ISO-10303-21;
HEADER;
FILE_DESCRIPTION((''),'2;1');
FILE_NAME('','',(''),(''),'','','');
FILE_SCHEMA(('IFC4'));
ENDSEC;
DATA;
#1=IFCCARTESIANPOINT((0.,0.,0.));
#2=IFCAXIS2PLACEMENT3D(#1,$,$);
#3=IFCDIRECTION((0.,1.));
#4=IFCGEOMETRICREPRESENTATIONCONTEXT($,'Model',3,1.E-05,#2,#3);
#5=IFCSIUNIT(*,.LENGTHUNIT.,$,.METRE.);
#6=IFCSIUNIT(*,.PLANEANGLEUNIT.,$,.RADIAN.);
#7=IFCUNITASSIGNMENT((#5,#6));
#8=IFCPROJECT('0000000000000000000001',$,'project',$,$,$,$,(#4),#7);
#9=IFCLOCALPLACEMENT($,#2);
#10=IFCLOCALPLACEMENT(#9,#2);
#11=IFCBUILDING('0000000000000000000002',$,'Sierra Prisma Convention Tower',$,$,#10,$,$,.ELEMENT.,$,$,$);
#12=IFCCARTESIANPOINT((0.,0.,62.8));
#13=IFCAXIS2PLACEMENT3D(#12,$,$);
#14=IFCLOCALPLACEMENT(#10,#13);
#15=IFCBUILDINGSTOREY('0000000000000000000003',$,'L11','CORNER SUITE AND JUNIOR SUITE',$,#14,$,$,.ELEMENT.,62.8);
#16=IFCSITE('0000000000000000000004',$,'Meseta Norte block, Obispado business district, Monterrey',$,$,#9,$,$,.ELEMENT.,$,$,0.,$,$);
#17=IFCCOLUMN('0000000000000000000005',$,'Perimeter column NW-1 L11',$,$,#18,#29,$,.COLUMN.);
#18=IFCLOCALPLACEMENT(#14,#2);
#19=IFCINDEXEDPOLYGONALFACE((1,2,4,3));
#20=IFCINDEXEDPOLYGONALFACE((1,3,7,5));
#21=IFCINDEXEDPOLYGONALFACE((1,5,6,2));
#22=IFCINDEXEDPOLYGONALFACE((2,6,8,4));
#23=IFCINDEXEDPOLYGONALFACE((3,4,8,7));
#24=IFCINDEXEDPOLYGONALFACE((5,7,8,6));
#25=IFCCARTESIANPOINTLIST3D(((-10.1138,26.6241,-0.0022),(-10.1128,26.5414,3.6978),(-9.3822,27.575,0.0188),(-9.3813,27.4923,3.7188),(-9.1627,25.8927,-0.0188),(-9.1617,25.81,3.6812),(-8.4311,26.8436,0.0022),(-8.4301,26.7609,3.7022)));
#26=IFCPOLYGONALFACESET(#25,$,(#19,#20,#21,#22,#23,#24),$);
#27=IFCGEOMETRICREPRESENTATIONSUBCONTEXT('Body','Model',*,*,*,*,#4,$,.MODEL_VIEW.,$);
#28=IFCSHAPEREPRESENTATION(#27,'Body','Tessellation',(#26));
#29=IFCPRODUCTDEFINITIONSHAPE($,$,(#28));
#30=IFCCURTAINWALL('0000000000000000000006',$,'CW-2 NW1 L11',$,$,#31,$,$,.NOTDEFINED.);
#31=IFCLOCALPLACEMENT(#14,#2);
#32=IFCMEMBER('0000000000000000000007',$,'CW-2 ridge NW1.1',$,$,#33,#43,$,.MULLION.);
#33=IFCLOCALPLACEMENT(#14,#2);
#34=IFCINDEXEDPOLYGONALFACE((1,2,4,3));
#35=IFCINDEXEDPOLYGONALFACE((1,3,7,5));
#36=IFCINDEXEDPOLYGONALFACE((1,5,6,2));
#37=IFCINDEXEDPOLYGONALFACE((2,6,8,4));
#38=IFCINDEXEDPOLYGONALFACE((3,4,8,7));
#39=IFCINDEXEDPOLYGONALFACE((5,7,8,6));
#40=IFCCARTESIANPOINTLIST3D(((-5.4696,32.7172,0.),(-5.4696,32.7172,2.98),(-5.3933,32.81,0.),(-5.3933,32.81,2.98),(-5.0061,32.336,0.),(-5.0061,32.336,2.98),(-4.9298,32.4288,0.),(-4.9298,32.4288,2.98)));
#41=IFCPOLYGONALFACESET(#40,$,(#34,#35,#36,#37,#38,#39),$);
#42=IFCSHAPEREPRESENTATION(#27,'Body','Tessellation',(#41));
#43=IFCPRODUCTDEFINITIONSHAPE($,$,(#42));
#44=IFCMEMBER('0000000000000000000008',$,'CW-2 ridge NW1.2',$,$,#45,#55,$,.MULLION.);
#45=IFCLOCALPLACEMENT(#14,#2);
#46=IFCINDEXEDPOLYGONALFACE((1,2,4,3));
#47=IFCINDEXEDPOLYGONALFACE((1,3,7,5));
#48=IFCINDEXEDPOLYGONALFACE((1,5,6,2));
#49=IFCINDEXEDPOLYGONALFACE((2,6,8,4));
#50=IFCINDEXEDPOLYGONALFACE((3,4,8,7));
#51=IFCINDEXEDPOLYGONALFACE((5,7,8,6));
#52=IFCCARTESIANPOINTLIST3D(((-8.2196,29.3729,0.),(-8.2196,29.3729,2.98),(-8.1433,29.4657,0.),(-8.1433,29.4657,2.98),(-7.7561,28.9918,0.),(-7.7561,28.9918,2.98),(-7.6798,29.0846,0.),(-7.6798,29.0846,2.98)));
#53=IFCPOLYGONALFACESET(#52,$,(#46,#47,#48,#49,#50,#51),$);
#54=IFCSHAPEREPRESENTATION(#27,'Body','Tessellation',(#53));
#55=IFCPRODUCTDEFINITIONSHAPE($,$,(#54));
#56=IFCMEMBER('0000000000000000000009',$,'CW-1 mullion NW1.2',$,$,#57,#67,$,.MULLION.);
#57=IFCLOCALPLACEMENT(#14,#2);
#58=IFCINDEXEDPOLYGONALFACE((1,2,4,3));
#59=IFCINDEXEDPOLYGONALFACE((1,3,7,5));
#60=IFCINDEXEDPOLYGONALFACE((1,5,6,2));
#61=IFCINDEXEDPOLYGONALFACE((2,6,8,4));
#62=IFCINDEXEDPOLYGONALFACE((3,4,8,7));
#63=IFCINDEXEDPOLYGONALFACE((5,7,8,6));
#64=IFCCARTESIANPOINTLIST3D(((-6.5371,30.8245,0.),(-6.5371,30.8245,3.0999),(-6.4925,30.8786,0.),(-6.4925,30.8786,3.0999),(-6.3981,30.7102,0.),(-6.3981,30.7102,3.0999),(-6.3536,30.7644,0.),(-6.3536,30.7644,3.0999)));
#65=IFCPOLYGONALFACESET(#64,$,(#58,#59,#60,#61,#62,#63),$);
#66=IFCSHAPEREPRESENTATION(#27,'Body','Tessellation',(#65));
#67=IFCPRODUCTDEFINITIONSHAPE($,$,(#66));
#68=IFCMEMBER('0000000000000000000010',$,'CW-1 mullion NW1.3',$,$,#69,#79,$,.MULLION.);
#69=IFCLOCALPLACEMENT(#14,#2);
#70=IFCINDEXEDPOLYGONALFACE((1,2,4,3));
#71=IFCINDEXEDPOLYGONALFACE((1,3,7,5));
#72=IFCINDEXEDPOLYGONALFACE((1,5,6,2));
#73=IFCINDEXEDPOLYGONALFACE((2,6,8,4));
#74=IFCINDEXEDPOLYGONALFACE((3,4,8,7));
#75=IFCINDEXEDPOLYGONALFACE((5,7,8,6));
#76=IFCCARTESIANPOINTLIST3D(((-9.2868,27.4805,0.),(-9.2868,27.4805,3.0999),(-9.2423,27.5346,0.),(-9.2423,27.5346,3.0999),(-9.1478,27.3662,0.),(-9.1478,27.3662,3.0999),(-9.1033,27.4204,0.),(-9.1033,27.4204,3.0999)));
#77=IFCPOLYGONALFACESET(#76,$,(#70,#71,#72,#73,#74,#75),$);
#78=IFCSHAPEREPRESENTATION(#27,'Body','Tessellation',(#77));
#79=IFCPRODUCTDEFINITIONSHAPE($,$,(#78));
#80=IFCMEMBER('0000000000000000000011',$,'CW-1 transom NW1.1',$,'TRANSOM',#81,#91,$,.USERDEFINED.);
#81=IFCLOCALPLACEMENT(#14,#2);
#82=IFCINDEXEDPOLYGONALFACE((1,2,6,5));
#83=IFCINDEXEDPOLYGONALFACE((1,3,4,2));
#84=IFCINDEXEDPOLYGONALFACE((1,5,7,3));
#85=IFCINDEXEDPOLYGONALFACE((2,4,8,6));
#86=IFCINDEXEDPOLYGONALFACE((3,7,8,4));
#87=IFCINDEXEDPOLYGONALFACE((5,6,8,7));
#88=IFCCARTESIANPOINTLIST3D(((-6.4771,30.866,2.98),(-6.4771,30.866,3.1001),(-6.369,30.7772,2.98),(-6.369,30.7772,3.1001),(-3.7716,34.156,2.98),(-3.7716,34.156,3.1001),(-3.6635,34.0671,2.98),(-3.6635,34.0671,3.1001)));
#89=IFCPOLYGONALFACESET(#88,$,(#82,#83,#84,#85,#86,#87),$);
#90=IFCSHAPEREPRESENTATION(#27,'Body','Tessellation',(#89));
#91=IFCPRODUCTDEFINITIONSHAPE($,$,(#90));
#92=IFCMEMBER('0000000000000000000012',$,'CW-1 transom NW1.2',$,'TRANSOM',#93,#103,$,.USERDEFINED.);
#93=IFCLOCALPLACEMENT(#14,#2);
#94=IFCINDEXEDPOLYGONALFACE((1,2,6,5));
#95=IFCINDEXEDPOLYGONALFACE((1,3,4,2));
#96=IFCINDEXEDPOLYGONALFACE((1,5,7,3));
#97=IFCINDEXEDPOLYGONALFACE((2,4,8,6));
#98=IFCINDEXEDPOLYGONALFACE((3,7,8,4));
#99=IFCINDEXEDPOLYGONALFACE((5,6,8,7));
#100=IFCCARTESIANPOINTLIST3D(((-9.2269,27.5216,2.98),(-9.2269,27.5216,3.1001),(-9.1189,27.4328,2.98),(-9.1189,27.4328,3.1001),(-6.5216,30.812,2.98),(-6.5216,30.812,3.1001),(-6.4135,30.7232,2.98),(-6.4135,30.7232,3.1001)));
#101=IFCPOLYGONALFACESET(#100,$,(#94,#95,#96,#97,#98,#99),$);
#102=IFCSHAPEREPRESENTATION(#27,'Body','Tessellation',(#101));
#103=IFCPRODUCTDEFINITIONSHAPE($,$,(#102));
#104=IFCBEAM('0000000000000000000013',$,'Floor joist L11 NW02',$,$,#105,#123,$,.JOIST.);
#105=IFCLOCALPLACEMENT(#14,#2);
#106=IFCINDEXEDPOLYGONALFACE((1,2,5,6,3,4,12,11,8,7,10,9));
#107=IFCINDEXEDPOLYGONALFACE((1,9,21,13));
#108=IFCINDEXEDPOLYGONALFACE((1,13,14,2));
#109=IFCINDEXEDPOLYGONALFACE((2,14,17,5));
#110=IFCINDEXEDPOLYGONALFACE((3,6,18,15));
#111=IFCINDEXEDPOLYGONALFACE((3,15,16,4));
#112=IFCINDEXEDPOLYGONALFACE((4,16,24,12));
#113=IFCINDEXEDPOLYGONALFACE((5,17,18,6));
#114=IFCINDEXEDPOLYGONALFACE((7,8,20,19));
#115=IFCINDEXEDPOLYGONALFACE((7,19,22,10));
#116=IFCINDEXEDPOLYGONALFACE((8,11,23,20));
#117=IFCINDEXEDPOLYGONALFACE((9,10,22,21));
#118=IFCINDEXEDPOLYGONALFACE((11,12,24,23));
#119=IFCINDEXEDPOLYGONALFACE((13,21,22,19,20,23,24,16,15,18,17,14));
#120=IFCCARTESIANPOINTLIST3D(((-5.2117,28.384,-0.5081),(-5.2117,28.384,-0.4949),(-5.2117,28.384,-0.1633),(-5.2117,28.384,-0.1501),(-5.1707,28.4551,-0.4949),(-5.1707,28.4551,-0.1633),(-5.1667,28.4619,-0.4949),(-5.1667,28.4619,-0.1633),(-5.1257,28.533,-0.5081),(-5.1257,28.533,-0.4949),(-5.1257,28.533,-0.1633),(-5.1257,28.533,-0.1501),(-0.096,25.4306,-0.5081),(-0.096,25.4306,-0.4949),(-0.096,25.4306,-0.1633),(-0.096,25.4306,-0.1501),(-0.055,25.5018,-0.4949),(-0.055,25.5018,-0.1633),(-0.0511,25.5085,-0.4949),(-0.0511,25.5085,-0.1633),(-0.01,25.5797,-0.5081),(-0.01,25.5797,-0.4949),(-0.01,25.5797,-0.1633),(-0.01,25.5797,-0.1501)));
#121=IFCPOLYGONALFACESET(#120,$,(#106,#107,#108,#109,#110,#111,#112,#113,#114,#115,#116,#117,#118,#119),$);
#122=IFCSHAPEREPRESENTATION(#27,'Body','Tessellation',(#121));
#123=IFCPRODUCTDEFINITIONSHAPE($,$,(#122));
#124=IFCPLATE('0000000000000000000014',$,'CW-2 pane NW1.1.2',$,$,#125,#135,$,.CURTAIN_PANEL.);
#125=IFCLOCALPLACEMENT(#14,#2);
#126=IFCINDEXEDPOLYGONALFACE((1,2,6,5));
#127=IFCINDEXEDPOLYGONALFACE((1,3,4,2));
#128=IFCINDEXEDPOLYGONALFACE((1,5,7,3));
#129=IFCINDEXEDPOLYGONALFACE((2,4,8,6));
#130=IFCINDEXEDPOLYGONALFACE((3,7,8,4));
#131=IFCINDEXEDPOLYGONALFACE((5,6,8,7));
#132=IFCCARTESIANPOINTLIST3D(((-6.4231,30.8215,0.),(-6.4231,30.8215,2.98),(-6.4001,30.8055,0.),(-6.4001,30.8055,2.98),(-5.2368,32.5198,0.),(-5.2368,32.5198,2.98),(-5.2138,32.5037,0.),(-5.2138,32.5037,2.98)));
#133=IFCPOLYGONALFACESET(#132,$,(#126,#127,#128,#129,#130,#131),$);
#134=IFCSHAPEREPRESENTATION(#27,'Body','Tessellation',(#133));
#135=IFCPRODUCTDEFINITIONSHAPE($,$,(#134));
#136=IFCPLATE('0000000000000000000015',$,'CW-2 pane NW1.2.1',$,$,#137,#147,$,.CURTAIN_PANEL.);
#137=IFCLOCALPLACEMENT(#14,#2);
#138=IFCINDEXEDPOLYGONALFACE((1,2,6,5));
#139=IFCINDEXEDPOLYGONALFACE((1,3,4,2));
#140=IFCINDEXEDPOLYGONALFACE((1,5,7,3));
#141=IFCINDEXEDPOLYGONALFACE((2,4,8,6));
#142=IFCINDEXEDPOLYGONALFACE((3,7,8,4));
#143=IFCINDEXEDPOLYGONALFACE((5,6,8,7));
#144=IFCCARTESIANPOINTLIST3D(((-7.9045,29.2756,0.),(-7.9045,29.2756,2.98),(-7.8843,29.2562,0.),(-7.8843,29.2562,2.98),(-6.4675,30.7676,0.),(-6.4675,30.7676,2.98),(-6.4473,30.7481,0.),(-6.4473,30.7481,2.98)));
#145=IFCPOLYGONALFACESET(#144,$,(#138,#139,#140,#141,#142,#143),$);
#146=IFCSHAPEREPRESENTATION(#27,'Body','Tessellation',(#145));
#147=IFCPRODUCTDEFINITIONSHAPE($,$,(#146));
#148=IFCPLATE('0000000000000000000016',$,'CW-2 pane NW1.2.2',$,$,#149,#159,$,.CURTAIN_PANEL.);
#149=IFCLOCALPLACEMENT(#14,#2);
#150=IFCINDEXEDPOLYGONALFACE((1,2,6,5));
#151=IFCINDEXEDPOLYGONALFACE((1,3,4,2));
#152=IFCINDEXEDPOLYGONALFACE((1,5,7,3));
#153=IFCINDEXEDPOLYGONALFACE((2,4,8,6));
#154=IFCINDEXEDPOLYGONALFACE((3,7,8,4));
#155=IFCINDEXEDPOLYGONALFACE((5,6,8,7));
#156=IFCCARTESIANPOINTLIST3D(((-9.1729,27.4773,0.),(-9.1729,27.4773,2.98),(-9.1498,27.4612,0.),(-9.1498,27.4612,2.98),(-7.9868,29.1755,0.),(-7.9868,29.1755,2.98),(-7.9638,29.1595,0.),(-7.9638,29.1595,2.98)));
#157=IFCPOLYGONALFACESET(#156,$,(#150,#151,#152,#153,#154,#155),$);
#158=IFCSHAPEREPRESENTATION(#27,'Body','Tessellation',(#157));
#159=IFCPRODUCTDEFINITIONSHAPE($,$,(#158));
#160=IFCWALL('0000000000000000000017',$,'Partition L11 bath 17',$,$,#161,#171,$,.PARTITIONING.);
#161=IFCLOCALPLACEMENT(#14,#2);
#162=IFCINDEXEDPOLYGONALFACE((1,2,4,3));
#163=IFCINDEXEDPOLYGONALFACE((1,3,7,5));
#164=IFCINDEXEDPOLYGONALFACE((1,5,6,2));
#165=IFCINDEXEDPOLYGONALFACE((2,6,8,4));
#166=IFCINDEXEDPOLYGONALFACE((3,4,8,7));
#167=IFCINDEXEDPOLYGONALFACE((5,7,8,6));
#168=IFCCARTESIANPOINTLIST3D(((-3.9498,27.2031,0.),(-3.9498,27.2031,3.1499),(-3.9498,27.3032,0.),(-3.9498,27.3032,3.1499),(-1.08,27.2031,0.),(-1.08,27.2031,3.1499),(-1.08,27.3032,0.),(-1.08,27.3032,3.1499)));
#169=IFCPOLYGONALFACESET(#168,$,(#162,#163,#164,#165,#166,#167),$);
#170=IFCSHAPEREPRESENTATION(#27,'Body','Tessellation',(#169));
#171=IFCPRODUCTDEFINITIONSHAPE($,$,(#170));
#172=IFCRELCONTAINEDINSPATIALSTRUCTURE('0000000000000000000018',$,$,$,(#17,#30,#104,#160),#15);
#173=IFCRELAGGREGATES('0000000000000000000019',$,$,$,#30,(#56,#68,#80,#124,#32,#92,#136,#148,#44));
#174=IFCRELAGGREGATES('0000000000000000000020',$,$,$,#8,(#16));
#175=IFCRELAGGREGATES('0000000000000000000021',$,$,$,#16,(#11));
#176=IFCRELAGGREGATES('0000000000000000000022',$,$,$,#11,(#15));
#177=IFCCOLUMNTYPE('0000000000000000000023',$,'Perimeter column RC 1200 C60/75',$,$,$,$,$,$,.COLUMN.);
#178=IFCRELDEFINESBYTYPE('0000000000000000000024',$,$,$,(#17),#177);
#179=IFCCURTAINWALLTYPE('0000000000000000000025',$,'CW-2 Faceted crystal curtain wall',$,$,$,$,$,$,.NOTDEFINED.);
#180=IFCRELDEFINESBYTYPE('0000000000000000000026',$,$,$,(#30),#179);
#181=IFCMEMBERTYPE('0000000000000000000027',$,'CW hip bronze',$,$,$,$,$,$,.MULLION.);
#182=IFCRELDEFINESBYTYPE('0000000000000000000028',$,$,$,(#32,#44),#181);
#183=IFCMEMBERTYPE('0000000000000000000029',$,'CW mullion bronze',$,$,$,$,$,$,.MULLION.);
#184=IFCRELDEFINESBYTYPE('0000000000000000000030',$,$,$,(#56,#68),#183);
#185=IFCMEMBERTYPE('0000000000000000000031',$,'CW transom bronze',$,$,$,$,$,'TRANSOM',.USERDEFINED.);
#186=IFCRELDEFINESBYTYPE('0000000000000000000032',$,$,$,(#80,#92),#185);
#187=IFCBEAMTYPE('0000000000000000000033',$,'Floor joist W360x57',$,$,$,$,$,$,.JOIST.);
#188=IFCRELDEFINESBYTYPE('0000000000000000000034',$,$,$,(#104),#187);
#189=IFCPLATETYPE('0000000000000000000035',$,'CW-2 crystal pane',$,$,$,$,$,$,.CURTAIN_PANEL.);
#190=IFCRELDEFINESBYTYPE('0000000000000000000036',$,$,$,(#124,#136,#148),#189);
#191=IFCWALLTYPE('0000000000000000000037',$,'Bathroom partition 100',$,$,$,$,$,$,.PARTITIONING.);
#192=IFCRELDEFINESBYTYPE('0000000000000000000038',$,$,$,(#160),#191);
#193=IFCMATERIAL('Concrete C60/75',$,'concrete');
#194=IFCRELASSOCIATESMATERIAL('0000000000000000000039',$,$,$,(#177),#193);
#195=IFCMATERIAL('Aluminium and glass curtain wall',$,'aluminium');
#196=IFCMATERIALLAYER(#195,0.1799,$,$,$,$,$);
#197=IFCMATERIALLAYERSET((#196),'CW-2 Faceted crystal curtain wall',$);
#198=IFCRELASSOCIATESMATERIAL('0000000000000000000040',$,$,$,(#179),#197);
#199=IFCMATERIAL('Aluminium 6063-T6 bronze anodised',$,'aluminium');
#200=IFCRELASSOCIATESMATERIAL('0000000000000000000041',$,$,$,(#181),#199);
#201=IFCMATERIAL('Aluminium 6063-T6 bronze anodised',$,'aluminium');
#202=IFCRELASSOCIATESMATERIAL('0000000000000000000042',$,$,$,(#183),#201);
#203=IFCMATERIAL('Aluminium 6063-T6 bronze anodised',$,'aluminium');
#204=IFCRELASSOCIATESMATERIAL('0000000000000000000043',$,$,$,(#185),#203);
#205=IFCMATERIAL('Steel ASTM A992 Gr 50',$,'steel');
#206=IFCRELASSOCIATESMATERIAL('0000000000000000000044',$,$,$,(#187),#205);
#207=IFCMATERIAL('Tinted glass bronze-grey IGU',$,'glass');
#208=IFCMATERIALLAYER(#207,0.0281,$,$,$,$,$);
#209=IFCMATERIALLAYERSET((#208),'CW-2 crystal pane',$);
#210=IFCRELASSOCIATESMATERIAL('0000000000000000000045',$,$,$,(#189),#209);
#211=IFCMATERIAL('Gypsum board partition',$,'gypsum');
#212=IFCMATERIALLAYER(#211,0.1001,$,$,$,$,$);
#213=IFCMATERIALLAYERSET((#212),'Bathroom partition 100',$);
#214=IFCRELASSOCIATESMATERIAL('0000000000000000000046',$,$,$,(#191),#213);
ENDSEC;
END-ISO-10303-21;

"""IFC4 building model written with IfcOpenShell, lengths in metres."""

from ifc_helpers import new_model, si_unit, direction, frame, frame_2d, origin, origin_2d, place, context, subcontext, project, spatial, polyline, rectangle, i_section, outline, extrude, material, layer, layer_set, material_profile, profile_set, type_object, element, aggregate, save


model = new_model("IFC4")

# Units and contexts
model_context = context("Model", 3, precision=1e-05, world=origin(), true_north=direction((0.0, 1.0)))
body_context = subcontext(model_context, "Body", "Model", "MODEL_VIEW")
ifc_project = project(units=[si_unit("LENGTHUNIT", "METRE"), si_unit("PLANEANGLEUNIT", "RADIAN")], contexts=[model_context])

# Site, building, storey
site_placement = place(None, origin())
site = spatial("IfcSite", under=ifc_project, at=site_placement, Name="Meseta Norte block, Obispado business district, Monterrey", CompositionType="ELEMENT", RefElevation=0.0)
building_placement = place(site_placement, origin())
building = spatial("IfcBuilding", under=site, at=building_placement, Name="Sierra Prisma Convention Tower", CompositionType="ELEMENT")
storey_placement = place(building_placement, frame((0.0, 0.0, 62.8)))
storey = spatial("IfcBuildingStorey", under=building, at=storey_placement, Name="L11", Description="CORNER SUITE AND JUNIOR SUITE", CompositionType="ELEMENT", Elevation=62.8)

# Column
ifc_material_1 = material(Name="Concrete C60/75", Category="concrete")
ifc_material_profile_1 = material_profile(ifc_material_1, rectangle(XDim=1.2, YDim=1.2, at=origin_2d()), Name="Perimeter column RC 1200 C60/75")
ifc_profile_set_1 = profile_set([ifc_material_profile_1], Name="Concrete C60/75")
column_type = type_object("IfcColumnType", Name="Perimeter column RC 1200 C60/75", PredefinedType="COLUMN", material=ifc_profile_set_1)
column_placement = place(storey_placement, frame((-9.2725, 26.7339, 0.0), z_axis=(0.000264, -0.022363, 0.99975), x_axis=(0.609679, 0.792454, 0.017565)))
element("IfcColumn", 1, at=column_placement, inside=storey, type_object=column_type, Name="Perimeter column NW-1 L11", PredefinedType="COLUMN", context=body_context, shape_type="SweptSolid", body=[
    extrude(rectangle(XDim=1.2, YDim=1.2, at=origin_2d()), origin(), (0.0, 0.0, 1.0), 3.7009),
])

# Curtain wall, members
ifc_material_2 = material(Name="Aluminium and glass curtain wall", Category="aluminium")
ifc_layer_1 = layer(ifc_material_2, 0.1799)
ifc_layer_set_1 = layer_set([ifc_layer_1], Name="CW-2 Faceted crystal curtain wall")
curtain_wall_type = type_object("IfcCurtainWallType", Name="CW-2 Faceted crystal curtain wall", PredefinedType="NOTDEFINED", material=ifc_layer_set_1)
curtain_wall_placement = place(storey_placement, origin())
curtain_wall = element("IfcCurtainWall", 2, at=curtain_wall_placement, inside=storey, type_object=curtain_wall_type, Name="CW-2 NW1 L11", PredefinedType="NOTDEFINED")
ifc_material_3 = material(Name="Aluminium 6063-T6 bronze anodised", Category="aluminium")
ifc_material_profile_2 = material_profile(ifc_material_3, rectangle(XDim=0.1201, YDim=0.6001, at=origin_2d()), Name="ALU RIDGE BLADE 120x600")
ifc_profile_set_2 = profile_set([ifc_material_profile_2], Name="Aluminium 6063-T6 bronze anodised")
member_type_1 = type_object("IfcMemberType", Name="CW hip bronze", PredefinedType="MULLION", material=ifc_profile_set_2)
member_1_placement = place(storey_placement, frame((-5.1997, 32.573, 0.0), z_axis=(0.0, 0.0, 1.0), x_axis=(-0.635148, -0.772391, 0.0)))
member_1 = element("IfcMember", 3, at=member_1_placement, type_object=member_type_1, Name="CW-2 ridge NW1.1", PredefinedType="MULLION", context=body_context, shape_type="SweptSolid", body=[
    extrude(rectangle(XDim=0.1201, YDim=0.6001, at=origin_2d()), origin(), (0.0, 0.0, 1.0), 2.98),
])
member_2_placement = place(storey_placement, frame((-7.9497, 29.2288, 0.0), z_axis=(0.0, 0.0, 1.0), x_axis=(-0.635148, -0.772391, 0.0)))
member_2 = element("IfcMember", 4, at=member_2_placement, type_object=member_type_1, Name="CW-2 ridge NW1.2", PredefinedType="MULLION", context=body_context, shape_type="SweptSolid", body=[
    extrude(rectangle(XDim=0.1201, YDim=0.6001, at=origin_2d()), origin(), (0.0, 0.0, 1.0), 2.98),
])
ifc_material_4 = material(Name="Aluminium 6063-T6 bronze anodised", Category="aluminium")
ifc_material_profile_3 = material_profile(ifc_material_4, rectangle(XDim=0.1799, YDim=0.0701, at=origin_2d()), Name="ALU MULLION 70x180")
ifc_profile_set_3 = profile_set([ifc_material_profile_3], Name="Aluminium 6063-T6 bronze anodised")
member_type_2 = type_object("IfcMemberType", Name="CW mullion bronze", PredefinedType="MULLION", material=ifc_profile_set_3)
member_3_placement = place(storey_placement, frame((-6.4453, 30.7944, 0.0), z_axis=(0.0, 0.0, 1.0), x_axis=(0.772391, -0.635148, 0.0)))
member_3 = element("IfcMember", 5, at=member_3_placement, type_object=member_type_2, Name="CW-1 mullion NW1.2", PredefinedType="MULLION", context=body_context, shape_type="SweptSolid", body=[
    extrude(rectangle(XDim=0.1799, YDim=0.0701, at=origin_2d()), origin(), (0.0, 0.0, 1.0), 3.0999),
])
member_4_placement = place(storey_placement, frame((-9.1951, 27.4504, 0.0), z_axis=(0.0, 0.0, 1.0), x_axis=(0.772391, -0.635148, 0.0)))
member_4 = element("IfcMember", 6, at=member_4_placement, type_object=member_type_2, Name="CW-1 mullion NW1.3", PredefinedType="MULLION", context=body_context, shape_type="SweptSolid", body=[
    extrude(rectangle(XDim=0.1799, YDim=0.0701, at=origin_2d()), origin(), (0.0, 0.0, 1.0), 3.0999),
])
ifc_material_5 = material(Name="Aluminium 6063-T6 bronze anodised", Category="aluminium")
ifc_material_profile_4 = material_profile(ifc_material_5, rectangle(XDim=0.1399, YDim=0.1201, at=origin_2d()), Name="ALU TRANSOM 120x140")
ifc_profile_set_4 = profile_set([ifc_material_profile_4], Name="Aluminium 6063-T6 bronze anodised")
member_type_3 = type_object("IfcMemberType", Name="CW transom bronze", ElementType="TRANSOM", PredefinedType="USERDEFINED", material=ifc_profile_set_4)
member_5_placement = place(storey_placement, frame((-3.7175, 34.1116, 3.04), z_axis=(-0.635165, -0.772377, 0.0), x_axis=(0.772377, -0.635165, 0.0)))
member_5 = element("IfcMember", 7, at=member_5_placement, type_object=member_type_3, Name="CW-1 transom NW1.1", ObjectType="TRANSOM", PredefinedType="USERDEFINED", context=body_context, shape_type="SweptSolid", body=[
    extrude(rectangle(XDim=0.1399, YDim=0.1201, at=origin_2d()), origin(), (0.0, 0.0, 1.0), 4.2595),
])
member_6_placement = place(storey_placement, frame((-6.4675, 30.7676, 3.04), z_axis=(-0.635102, -0.772428, 0.0), x_axis=(0.772428, -0.635102, 0.0)))
member_6 = element("IfcMember", 8, at=member_6_placement, type_object=member_type_3, Name="CW-1 transom NW1.2", ObjectType="TRANSOM", PredefinedType="USERDEFINED", context=body_context, shape_type="SweptSolid", body=[
    extrude(rectangle(XDim=0.1399, YDim=0.1201, at=origin_2d()), origin(), (0.0, 0.0, 1.0), 4.2598),
])

# Beam
ifc_material_6 = material(Name="Steel ASTM A992 Gr 50", Category="steel")
ifc_material_profile_5 = material_profile(ifc_material_6, i_section(OverallWidth=0.1721, OverallDepth=0.3579, WebThickness=0.0078, FlangeThickness=0.0132, at=origin_2d()), Name="W360x57")
ifc_profile_set_5 = profile_set([ifc_material_profile_5], Name="Steel ASTM A992 Gr 50")
beam_type = type_object("IfcBeamType", Name="Floor joist W360x57", PredefinedType="JOIST", material=ifc_profile_set_5)
beam_placement = place(storey_placement, frame((-5.1687, 28.4585, -0.3291), z_axis=(0.86604, -0.499975, 0.0), x_axis=(0.499975, 0.86604, 0.0)))
element("IfcBeam", 9, at=beam_placement, inside=storey, type_object=beam_type, Name="Floor joist L11 NW02", PredefinedType="JOIST", context=body_context, shape_type="SweptSolid", body=[
    extrude(i_section(OverallWidth=0.1721, OverallDepth=0.3579, WebThickness=0.0078, FlangeThickness=0.0132, at=origin_2d()), origin(), (0.0, 0.0, 1.0), 5.907),
])

# Plates
ifc_material_7 = material(Name="Tinted glass bronze-grey IGU", Category="glass")
ifc_layer_2 = layer(ifc_material_7, 0.0281)
ifc_layer_set_2 = layer_set([ifc_layer_2], Name="CW-2 crystal pane")
plate_type = type_object("IfcPlateType", Name="CW-2 crystal pane", PredefinedType="CURTAIN_PANEL", material=ifc_layer_set_2)
plate_1_placement = place(storey_placement, frame((-6.4231, 30.8215, 0.0), z_axis=(-0.819796, 0.572655, 0.0), x_axis=(0.572655, 0.819796, 0.0)))
plate_1 = element("IfcPlate", 10, at=plate_1_placement, type_object=plate_type, Name="CW-2 pane NW1.1.2", PredefinedType="CURTAIN_PANEL", context=body_context, shape_type="SweptSolid", body=[
    extrude(outline(polyline([(0.0, 0.0), (2.0715, 0.0), (2.0715, -2.98), (0.0, -2.98), (0.0, 0.0)])), origin(), (0.0, 0.0, -1.0), 0.0281),
])
plate_2_placement = place(storey_placement, frame((-6.4675, 30.7676, 0.0), z_axis=(-0.720242, 0.693723, 0.0), x_axis=(-0.693723, -0.720242, 0.0)))
plate_2 = element("IfcPlate", 11, at=plate_2_placement, type_object=plate_type, Name="CW-2 pane NW1.2.1", PredefinedType="CURTAIN_PANEL", context=body_context, shape_type="SweptSolid", body=[
    extrude(outline(polyline([(0.0, 0.0), (2.0714, 0.0), (2.0714, 2.98), (0.0, 2.98), (0.0, 0.0)])), origin(), (0.0, 0.0, -1.0), 0.0281),
])
plate_3_placement = place(storey_placement, frame((-9.1729, 27.4773, 0.0), z_axis=(-0.819852, 0.572576, 0.0), x_axis=(0.572576, 0.819852, 0.0)))
plate_3 = element("IfcPlate", 12, at=plate_3_placement, type_object=plate_type, Name="CW-2 pane NW1.2.2", PredefinedType="CURTAIN_PANEL", context=body_context, shape_type="SweptSolid", body=[
    extrude(outline(polyline([(0.0, 0.0), (2.0714, 0.0), (2.0714, -2.98), (0.0, -2.98), (0.0, 0.0)])), origin(), (0.0, 0.0, -1.0), 0.0281),
])
aggregate(curtain_wall, [member_3, member_4, member_5, plate_1, member_1, member_6, plate_2, plate_3, member_2])

# Wall
ifc_material_8 = material(Name="Gypsum board partition", Category="gypsum")
ifc_layer_3 = layer(ifc_material_8, 0.1001)
ifc_layer_set_3 = layer_set([ifc_layer_3], Name="Bathroom partition 100")
wall_type = type_object("IfcWallType", Name="Bathroom partition 100", PredefinedType="PARTITIONING", material=ifc_layer_set_3)
wall_placement = place(storey_placement, frame((-3.95, 27.2532, 0.0), z_axis=(0.0, 0.0, 1.0), x_axis=(1.0, 0.0, 0.0)))
element("IfcWall", 13, at=wall_placement, inside=storey, type_object=wall_type, Name="Partition L11 bath 17", PredefinedType="PARTITIONING", context=body_context, shape_type="SweptSolid", body=[
    extrude(rectangle(XDim=2.8699, YDim=0.1001, at=frame_2d((1.4351, 0.0))), origin(), (0.0, 0.0, 1.0), 3.1499),
])

save(model, "model.ifc")
